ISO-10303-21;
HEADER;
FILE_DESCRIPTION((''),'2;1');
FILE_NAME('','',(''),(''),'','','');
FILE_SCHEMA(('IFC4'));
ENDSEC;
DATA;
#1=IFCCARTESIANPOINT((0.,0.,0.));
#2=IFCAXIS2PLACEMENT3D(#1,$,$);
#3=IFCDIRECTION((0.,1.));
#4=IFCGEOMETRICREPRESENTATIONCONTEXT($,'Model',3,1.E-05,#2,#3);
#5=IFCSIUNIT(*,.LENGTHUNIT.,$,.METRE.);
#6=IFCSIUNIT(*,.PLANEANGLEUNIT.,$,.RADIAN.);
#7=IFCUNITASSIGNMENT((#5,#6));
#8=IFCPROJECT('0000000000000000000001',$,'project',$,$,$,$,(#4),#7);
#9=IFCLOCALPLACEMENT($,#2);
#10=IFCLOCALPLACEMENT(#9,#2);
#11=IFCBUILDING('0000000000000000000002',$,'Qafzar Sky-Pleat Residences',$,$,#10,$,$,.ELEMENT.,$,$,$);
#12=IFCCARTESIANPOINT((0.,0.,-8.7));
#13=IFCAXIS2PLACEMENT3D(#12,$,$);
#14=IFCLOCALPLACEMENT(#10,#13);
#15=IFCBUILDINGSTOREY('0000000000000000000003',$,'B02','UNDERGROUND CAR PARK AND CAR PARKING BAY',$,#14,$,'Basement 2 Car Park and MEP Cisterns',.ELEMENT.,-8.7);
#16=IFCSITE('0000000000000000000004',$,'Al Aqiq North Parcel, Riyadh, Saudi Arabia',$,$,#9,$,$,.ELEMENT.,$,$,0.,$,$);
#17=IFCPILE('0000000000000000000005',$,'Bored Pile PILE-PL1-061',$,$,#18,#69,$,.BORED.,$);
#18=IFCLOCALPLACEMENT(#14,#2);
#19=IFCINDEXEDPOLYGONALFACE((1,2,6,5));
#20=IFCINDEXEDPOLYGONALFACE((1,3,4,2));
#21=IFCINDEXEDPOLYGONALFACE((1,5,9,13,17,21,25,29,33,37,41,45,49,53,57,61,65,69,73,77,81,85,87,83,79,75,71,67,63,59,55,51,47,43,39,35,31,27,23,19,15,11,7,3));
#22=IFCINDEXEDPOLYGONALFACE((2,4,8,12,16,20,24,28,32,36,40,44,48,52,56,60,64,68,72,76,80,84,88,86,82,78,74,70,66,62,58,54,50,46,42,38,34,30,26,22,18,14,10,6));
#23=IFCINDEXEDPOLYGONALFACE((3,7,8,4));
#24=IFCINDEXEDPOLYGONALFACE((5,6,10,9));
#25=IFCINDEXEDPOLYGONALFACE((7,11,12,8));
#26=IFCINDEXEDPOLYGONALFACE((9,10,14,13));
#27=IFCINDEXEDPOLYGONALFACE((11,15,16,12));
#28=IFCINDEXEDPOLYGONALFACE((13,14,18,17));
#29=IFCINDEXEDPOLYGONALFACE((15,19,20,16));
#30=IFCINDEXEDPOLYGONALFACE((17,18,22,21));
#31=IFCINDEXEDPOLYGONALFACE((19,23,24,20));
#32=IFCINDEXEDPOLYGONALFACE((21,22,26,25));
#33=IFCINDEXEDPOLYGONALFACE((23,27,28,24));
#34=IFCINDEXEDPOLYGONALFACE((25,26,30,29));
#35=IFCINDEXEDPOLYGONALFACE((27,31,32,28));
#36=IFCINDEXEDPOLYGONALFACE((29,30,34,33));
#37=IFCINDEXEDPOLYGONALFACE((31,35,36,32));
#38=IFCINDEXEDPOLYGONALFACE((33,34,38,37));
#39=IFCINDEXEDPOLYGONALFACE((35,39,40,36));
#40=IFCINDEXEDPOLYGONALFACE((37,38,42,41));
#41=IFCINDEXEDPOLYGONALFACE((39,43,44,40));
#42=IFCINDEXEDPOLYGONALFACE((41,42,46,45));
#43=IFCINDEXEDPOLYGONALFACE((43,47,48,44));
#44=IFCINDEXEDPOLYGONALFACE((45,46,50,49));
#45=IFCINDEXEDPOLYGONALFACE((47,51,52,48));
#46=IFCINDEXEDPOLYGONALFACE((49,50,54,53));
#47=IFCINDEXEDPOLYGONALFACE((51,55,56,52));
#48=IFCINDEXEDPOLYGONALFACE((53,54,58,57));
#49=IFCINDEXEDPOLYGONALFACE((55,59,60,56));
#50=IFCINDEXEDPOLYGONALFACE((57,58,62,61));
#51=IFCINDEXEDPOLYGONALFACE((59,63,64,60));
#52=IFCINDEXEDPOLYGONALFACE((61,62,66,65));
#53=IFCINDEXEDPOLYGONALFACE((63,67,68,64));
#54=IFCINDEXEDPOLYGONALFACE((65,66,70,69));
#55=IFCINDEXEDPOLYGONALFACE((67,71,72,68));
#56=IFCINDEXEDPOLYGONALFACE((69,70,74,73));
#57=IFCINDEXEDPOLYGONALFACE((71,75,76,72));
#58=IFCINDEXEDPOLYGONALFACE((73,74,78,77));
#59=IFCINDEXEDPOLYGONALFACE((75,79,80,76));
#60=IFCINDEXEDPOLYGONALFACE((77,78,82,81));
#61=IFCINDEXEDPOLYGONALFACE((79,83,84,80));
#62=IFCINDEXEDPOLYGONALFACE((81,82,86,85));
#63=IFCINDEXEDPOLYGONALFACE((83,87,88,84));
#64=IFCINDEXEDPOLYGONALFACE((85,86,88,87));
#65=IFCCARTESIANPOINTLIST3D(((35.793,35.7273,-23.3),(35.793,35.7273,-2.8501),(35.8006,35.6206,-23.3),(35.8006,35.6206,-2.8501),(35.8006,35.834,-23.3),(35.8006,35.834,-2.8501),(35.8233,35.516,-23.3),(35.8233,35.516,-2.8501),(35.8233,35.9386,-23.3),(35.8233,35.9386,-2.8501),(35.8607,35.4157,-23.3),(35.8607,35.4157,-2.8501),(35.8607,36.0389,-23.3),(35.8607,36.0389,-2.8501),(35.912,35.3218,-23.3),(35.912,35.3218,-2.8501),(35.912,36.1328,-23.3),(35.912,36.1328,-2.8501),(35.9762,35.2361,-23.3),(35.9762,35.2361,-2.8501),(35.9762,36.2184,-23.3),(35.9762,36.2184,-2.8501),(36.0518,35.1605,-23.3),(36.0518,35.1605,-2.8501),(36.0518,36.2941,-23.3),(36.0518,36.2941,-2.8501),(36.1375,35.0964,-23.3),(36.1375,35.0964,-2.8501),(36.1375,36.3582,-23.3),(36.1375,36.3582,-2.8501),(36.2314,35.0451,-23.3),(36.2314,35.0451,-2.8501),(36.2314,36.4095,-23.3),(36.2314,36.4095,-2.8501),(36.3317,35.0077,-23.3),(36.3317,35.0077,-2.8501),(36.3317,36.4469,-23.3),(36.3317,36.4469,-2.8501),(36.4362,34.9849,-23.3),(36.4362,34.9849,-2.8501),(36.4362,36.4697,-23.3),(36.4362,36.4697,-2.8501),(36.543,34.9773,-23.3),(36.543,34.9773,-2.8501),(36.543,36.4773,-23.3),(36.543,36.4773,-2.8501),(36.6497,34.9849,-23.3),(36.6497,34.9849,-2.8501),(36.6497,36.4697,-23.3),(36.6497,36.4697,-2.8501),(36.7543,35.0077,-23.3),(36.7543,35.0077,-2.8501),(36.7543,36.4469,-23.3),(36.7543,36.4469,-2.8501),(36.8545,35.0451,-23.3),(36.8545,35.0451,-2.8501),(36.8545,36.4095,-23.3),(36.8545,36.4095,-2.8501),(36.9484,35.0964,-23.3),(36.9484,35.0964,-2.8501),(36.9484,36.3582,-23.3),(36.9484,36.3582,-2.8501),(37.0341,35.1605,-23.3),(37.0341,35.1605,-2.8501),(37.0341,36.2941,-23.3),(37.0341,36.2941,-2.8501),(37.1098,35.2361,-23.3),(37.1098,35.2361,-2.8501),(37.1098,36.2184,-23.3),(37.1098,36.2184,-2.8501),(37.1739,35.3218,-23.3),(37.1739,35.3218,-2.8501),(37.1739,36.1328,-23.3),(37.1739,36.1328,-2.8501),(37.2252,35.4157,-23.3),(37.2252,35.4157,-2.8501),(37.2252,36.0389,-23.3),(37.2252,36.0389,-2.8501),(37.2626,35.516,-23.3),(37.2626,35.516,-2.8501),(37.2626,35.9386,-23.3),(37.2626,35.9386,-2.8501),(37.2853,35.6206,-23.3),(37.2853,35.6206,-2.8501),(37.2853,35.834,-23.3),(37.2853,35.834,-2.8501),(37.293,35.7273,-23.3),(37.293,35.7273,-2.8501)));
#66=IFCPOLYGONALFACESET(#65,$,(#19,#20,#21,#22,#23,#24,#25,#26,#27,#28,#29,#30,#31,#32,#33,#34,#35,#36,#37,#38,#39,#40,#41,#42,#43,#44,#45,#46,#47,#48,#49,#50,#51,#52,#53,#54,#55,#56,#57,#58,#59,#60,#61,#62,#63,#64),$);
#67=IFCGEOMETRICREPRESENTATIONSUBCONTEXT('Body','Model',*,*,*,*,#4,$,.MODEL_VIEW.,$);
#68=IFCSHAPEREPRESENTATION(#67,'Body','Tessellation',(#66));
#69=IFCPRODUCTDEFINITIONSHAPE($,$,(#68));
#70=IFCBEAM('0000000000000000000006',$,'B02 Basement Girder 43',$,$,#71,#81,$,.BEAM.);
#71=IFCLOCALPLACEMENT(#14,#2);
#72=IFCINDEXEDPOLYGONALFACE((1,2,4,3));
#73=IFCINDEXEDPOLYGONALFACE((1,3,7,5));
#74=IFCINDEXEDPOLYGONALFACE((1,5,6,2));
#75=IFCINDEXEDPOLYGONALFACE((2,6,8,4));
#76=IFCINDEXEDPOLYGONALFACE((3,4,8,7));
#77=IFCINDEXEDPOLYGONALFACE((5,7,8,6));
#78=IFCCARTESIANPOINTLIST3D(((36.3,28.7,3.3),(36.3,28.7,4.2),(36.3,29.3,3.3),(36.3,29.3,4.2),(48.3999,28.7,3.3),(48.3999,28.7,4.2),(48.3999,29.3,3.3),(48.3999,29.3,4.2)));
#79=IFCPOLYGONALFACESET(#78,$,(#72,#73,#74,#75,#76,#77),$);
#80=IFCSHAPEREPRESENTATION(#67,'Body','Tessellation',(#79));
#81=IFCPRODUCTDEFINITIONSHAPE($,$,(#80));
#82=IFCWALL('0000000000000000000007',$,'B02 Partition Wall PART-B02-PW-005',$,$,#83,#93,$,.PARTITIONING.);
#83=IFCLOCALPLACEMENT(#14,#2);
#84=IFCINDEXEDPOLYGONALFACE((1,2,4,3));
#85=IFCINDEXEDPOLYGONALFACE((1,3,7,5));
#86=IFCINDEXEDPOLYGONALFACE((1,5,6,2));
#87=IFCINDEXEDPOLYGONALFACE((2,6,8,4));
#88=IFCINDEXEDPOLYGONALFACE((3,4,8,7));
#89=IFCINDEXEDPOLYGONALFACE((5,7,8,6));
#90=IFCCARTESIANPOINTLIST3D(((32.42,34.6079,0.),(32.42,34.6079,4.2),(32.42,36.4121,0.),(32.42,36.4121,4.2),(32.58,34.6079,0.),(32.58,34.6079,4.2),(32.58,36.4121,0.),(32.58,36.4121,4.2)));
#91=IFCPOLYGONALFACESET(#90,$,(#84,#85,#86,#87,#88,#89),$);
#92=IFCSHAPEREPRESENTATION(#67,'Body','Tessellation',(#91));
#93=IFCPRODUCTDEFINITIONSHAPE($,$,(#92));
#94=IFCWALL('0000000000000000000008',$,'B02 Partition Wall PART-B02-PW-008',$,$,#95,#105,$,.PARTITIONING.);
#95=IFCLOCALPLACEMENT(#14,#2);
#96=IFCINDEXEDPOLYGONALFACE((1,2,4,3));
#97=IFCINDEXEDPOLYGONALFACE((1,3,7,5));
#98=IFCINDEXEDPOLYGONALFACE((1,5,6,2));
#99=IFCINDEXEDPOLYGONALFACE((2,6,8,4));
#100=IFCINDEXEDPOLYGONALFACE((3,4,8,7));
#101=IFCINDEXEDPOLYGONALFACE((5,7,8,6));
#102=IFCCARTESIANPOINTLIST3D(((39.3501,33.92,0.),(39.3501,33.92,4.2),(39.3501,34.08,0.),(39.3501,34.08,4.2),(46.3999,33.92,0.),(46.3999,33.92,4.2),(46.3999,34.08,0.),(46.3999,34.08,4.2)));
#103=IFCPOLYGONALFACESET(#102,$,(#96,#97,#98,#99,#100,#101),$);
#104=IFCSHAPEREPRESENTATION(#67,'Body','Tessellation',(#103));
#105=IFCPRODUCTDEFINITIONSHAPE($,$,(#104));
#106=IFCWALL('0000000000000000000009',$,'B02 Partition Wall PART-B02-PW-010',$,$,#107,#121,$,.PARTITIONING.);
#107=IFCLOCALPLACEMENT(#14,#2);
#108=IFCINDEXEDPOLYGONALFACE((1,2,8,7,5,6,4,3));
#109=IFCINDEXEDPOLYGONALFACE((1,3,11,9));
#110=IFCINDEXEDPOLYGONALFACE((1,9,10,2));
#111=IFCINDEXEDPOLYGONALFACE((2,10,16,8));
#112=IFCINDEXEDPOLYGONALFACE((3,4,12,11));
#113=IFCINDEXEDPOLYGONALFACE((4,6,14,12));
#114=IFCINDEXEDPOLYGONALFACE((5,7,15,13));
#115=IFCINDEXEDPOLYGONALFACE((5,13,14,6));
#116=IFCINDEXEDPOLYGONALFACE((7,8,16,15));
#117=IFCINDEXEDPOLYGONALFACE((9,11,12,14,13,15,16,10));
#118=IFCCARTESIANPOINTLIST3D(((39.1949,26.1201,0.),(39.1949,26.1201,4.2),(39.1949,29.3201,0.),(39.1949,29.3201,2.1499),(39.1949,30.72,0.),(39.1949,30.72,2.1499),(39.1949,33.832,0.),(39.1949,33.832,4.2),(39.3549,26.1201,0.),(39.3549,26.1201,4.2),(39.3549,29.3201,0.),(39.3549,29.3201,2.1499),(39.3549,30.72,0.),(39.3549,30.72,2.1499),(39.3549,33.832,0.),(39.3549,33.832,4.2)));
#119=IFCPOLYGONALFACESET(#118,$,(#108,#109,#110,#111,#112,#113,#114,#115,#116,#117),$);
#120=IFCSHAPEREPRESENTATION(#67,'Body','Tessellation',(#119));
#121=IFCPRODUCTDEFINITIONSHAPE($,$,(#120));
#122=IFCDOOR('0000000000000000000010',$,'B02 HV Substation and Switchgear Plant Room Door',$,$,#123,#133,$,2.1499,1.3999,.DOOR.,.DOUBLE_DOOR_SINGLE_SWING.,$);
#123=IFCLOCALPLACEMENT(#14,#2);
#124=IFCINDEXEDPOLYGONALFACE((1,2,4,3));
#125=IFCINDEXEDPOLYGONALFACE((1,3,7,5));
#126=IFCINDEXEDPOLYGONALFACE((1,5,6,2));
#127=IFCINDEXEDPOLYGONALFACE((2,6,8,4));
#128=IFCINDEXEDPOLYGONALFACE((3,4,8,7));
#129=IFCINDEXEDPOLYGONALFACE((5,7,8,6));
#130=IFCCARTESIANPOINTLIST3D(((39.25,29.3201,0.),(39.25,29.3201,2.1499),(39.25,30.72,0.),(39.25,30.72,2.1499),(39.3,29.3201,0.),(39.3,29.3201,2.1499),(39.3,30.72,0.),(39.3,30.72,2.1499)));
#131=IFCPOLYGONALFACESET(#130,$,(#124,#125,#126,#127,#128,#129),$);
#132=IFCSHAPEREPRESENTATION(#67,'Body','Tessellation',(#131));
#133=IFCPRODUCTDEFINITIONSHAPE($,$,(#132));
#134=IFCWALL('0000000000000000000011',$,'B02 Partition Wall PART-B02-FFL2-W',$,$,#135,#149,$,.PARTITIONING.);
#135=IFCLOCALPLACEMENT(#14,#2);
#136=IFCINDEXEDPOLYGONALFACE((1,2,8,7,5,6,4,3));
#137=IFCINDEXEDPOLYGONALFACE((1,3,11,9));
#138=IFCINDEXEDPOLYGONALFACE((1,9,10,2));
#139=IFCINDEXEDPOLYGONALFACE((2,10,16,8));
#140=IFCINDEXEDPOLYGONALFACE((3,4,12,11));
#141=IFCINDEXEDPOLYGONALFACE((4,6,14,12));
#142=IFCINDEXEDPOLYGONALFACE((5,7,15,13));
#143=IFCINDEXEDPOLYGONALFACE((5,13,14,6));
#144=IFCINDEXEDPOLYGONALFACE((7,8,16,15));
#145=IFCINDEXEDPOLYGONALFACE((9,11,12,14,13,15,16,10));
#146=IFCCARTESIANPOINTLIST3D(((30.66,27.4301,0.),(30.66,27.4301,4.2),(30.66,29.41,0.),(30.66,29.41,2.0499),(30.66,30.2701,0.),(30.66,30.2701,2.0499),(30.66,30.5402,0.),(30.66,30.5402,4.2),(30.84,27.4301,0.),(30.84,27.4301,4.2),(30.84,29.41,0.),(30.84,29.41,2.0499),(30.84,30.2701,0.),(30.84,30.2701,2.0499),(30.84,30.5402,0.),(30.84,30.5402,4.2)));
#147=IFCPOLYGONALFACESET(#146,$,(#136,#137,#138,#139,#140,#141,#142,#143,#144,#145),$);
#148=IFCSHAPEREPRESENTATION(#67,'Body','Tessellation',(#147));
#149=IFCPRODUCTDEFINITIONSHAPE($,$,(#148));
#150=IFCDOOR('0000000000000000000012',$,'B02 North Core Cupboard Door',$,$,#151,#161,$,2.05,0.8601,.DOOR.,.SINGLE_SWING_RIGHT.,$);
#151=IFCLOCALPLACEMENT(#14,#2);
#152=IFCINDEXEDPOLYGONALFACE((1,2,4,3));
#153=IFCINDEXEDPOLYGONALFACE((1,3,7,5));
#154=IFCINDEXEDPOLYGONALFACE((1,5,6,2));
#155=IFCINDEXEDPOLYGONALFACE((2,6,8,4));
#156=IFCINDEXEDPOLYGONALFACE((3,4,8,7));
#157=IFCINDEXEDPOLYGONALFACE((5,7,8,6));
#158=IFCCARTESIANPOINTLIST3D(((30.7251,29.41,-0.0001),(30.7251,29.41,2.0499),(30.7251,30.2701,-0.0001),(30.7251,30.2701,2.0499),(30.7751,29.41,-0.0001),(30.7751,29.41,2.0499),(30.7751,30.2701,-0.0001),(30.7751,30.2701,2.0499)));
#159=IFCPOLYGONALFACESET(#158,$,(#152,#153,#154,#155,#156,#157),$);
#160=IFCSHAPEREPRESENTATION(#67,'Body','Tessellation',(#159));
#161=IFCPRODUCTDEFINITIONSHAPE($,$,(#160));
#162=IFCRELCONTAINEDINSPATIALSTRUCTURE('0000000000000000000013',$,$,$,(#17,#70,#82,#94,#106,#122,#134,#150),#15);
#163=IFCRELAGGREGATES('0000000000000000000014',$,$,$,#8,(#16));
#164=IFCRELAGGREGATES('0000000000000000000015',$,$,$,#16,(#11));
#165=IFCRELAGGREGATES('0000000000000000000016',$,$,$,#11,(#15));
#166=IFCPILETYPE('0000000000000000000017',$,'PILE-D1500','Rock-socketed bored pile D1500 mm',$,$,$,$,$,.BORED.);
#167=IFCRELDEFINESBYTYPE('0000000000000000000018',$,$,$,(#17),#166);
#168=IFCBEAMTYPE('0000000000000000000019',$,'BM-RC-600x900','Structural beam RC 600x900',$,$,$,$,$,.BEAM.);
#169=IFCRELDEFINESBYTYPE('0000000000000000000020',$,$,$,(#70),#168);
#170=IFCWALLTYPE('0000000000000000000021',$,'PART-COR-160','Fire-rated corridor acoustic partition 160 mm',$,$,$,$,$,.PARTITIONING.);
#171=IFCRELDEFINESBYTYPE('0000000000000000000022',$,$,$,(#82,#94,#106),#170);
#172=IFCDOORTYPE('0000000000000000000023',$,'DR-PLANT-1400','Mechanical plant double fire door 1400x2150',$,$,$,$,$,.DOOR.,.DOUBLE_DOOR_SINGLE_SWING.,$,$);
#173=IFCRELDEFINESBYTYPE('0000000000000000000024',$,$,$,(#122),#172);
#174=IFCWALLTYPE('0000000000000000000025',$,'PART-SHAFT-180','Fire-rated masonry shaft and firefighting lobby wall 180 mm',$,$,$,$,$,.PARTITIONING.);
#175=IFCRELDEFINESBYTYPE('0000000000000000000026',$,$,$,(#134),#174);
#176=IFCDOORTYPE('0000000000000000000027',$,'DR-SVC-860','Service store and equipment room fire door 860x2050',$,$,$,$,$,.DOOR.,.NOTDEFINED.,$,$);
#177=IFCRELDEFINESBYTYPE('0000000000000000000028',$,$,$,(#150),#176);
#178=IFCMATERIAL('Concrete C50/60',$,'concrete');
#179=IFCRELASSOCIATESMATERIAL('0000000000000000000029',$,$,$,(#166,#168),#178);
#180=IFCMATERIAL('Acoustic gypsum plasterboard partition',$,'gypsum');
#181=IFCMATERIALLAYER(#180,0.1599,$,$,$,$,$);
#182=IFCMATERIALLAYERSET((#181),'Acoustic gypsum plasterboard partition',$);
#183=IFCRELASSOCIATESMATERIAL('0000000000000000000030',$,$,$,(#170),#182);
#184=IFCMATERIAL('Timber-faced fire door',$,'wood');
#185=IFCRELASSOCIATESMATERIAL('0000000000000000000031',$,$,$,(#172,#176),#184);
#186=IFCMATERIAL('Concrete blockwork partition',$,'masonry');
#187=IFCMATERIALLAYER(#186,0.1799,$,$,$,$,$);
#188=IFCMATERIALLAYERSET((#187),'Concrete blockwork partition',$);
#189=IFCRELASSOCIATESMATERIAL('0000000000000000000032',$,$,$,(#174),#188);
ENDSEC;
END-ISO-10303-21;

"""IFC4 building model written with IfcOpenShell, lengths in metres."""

from ifc_helpers import new_model, si_unit, direction, frame, frame_2d, origin, origin_2d, place, context, subcontext, project, spatial, rectangle, circle, extrude, source, transform, mapped, material, layer, layer_set, material_profile, profile_set, type_object, element, fill, save


model = new_model("IFC4")

# Units and contexts
model_context = context("Model", 3, precision=1e-05, world=origin(), true_north=direction((0.0, 1.0)))
body_context = subcontext(model_context, "Body", "Model", "MODEL_VIEW")
ifc_project = project(units=[si_unit("LENGTHUNIT", "METRE"), si_unit("PLANEANGLEUNIT", "RADIAN")], contexts=[model_context])

# Site, building, storey
site_placement = place(None, origin())
site = spatial("IfcSite", under=ifc_project, at=site_placement, Name="Al Aqiq North Parcel, Riyadh, Saudi Arabia", CompositionType="ELEMENT", RefElevation=0.0)
building_placement = place(site_placement, origin())
building = spatial("IfcBuilding", under=site, at=building_placement, Name="Qafzar Sky-Pleat Residences", CompositionType="ELEMENT")
storey_placement = place(building_placement, frame((0.0, 0.0, -8.7)))
storey = spatial("IfcBuildingStorey", under=building, at=storey_placement, Name="B02", Description="UNDERGROUND CAR PARK AND CAR PARKING BAY", LongName="Basement 2 Car Park and MEP Cisterns", CompositionType="ELEMENT", Elevation=-8.7)

# Pile
ifc_material_1 = material(Name="Concrete C50/60", Category="concrete")
ifc_material_profile_1 = material_profile(ifc_material_1, circle(Radius=0.75, at=origin_2d()), Name="PILE D1500")
ifc_profile_set_1 = profile_set([ifc_material_profile_1], Name="Concrete C50/60")
pile_type = type_object("IfcPileType", Name="PILE-D1500", Description="Rock-socketed bored pile D1500 mm", PredefinedType="BORED", material=ifc_profile_set_1)
shared_shape_1 = source(origin(), body_context, "Body", "SweptSolid", [
    extrude(circle(Radius=0.75, at=origin_2d()), origin(), (0.0, 0.0, 1.0), 20.45),
])
for number, where, z_axis, x_axis, name in (
    (1, (36.543, 35.7273, -2.8501), (0.0, 0.0, -1.0), (1.0, 0.0, 0.0), "Bored Pile PILE-PL1-061"),
):
    element("IfcPile", number, at=place(storey_placement, frame(where, z_axis=z_axis, x_axis=x_axis)), inside=storey, type_object=pile_type, Name=name, PredefinedType="BORED", context=body_context, shape_type="MappedRepresentation", body=[
        mapped(shared_shape_1, transform((0.0, 0.0, 0.0), x_axis=(1.0, 0.0, 0.0), y_axis=(0.0, 1.0, 0.0), z_axis=(0.0, 0.0, 1.0), scale=1.0)),
    ])

# Beam
ifc_material_profile_2 = material_profile(ifc_material_1, rectangle(XDim=0.6001, YDim=0.8999, at=origin_2d()), Name="RC 600x900")
ifc_profile_set_2 = profile_set([ifc_material_profile_2], Name="Concrete C50/60")
beam_type = type_object("IfcBeamType", Name="BM-RC-600x900", Description="Structural beam RC 600x900", PredefinedType="BEAM", material=ifc_profile_set_2)
shared_shape_2 = source(origin(), body_context, "Body", "SweptSolid", [
    extrude(rectangle(XDim=0.6001, YDim=0.8999, at=origin_2d()), origin(), (0.0, 0.0, 1.0), 12.0999),
])
beam_placement = place(storey_placement, frame((36.3, 29.0, 3.75), z_axis=(1.0, 0.0, 0.0), x_axis=(0.0, 1.0, 0.0)))
element("IfcBeam", 2, at=beam_placement, inside=storey, type_object=beam_type, Name="B02 Basement Girder 43", PredefinedType="BEAM", context=body_context, shape_type="MappedRepresentation", body=[
    mapped(shared_shape_2, transform((0.0, 0.0, 0.0), x_axis=(1.0, 0.0, 0.0), y_axis=(0.0, 1.0, 0.0), z_axis=(0.0, 0.0, 1.0), scale=1.0)),
])

# Wall
ifc_material_2 = material(Name="Acoustic gypsum plasterboard partition", Category="gypsum")
ifc_layer_1 = layer(ifc_material_2, 0.1599)
ifc_layer_set_1 = layer_set([ifc_layer_1], Name="Acoustic gypsum plasterboard partition")
wall_type_1 = type_object("IfcWallType", Name="PART-COR-160", Description="Fire-rated corridor acoustic partition 160 mm", PredefinedType="PARTITIONING", material=ifc_layer_set_1)
wall_1_placement = place(storey_placement, frame((32.5, 34.6079, 0.0), z_axis=(0.0, 0.0, 1.0), x_axis=(0.0, 1.0, 0.0)))
element("IfcWall", 3, at=wall_1_placement, inside=storey, type_object=wall_type_1, Name="B02 Partition Wall PART-B02-PW-005", PredefinedType="PARTITIONING", context=body_context, shape_type="SweptSolid", body=[
    extrude(rectangle(XDim=1.8042, YDim=0.1599, at=frame_2d((0.9021, 0.0))), origin(), (0.0, 0.0, 1.0), 4.2),
])

# Shared definitions
ifc_material_3 = material(Name="Timber-faced fire door", Category="wood")

# Wall
wall_2_placement = place(storey_placement, frame((39.3501, 34.0, 0.0), z_axis=(0.0, 0.0, 1.0), x_axis=(1.0, 0.0, 0.0)))
element("IfcWall", 4, at=wall_2_placement, inside=storey, type_object=wall_type_1, Name="B02 Partition Wall PART-B02-PW-008", PredefinedType="PARTITIONING", context=body_context, shape_type="SweptSolid", body=[
    extrude(rectangle(XDim=7.0498, YDim=0.1599, at=frame_2d((3.5249, 0.0))), origin(), (0.0, 0.0, 1.0), 4.2),
])

# Walls, openings, doors
wall_3_placement = place(storey_placement, frame((39.2749, 26.1201, 0.0), z_axis=(0.0, 0.0, 1.0), x_axis=(0.0, 1.0, 0.0)))
wall_3 = element("IfcWall", 5, at=wall_3_placement, inside=storey, type_object=wall_type_1, Name="B02 Partition Wall PART-B02-PW-010", PredefinedType="PARTITIONING", context=body_context, shape_type="SweptSolid", body=[
    extrude(rectangle(XDim=7.7119, YDim=0.1599, at=frame_2d((3.856, 0.0))), origin(), (0.0, 0.0, 1.0), 4.2),
])
opening_1_placement = place(wall_3_placement, frame((3.2, 0.0, 0.0)))
opening_1 = element("IfcOpeningElement", 6, at=opening_1_placement, cuts=wall_3, PredefinedType="OPENING", context=body_context, shape_type="SweptSolid", body=[
    extrude(rectangle(XDim=1.3999, YDim=2.1499, at=frame_2d((0.7, 1.075))), frame((0.0, 0.0898, 0.0), z_axis=(0.0, -1.0, 0.0), x_axis=(1.0, 0.0, 0.0)), (0.0, 0.0, 1.0), 0.1799),
])
door_type_1 = type_object("IfcDoorType", Name="DR-PLANT-1400", Description="Mechanical plant double fire door 1400x2150", OperationType="DOUBLE_DOOR_SINGLE_SWING", PredefinedType="DOOR", material=ifc_material_3)
shared_shape_3 = source(origin(), body_context, "Body", "SweptSolid", [
    extrude(rectangle(XDim=1.3999, YDim=2.1499, at=frame_2d((0.7, 1.075))), frame((0.0, 0.0249, 0.0), z_axis=(0.0, -1.0, 0.0), x_axis=(1.0, 0.0, 0.0)), (0.0, 0.0, 1.0), 0.05),
])
door_1_placement = place(opening_1_placement, origin())
door_1 = element("IfcDoor", 7, at=door_1_placement, inside=storey, type_object=door_type_1, Name="B02 HV Substation and Switchgear Plant Room Door", OperationType="DOUBLE_DOOR_SINGLE_SWING", OverallHeight=2.1499, OverallWidth=1.3999, PredefinedType="DOOR", context=body_context, shape_type="MappedRepresentation", body=[
    mapped(shared_shape_3, transform((0.0, 0.0, 0.0), x_axis=(1.0, 0.0, 0.0), y_axis=(0.0, 1.0, 0.0), z_axis=(0.0, 0.0, 1.0), scale=1.0)),
])
fill(opening_1, door_1)
ifc_material_4 = material(Name="Concrete blockwork partition", Category="masonry")
ifc_layer_2 = layer(ifc_material_4, 0.1799)
ifc_layer_set_2 = layer_set([ifc_layer_2], Name="Concrete blockwork partition")
wall_type_2 = type_object("IfcWallType", Name="PART-SHAFT-180", Description="Fire-rated masonry shaft and firefighting lobby wall 180 mm", PredefinedType="PARTITIONING", material=ifc_layer_set_2)
wall_4_placement = place(storey_placement, frame((30.75, 27.4299, 0.0), z_axis=(0.0, 0.0, 1.0), x_axis=(0.0, 1.0, 0.0)))
wall_4 = element("IfcWall", 8, at=wall_4_placement, inside=storey, type_object=wall_type_2, Name="B02 Partition Wall PART-B02-FFL2-W", PredefinedType="PARTITIONING", context=body_context, shape_type="SweptSolid", body=[
    extrude(rectangle(XDim=3.1101, YDim=0.1799, at=frame_2d((1.5552, 0.0))), origin(), (0.0, 0.0, 1.0), 4.2),
])
opening_2_placement = place(wall_4_placement, frame((1.98, 0.0, 0.0)))
opening_2 = element("IfcOpeningElement", 9, at=opening_2_placement, cuts=wall_4, PredefinedType="OPENING", context=body_context, shape_type="SweptSolid", body=[
    extrude(rectangle(XDim=0.8601, YDim=2.05, at=frame_2d((0.4302, 1.0249))), frame((0.0, 0.1001, 0.0), z_axis=(0.0, -1.0, 0.0), x_axis=(1.0, 0.0, 0.0)), (0.0, 0.0, 1.0), 0.2),
])
door_type_2 = type_object("IfcDoorType", Name="DR-SVC-860", Description="Service store and equipment room fire door 860x2050", OperationType="NOTDEFINED", PredefinedType="DOOR", material=ifc_material_3)
shared_shape_4 = source(origin(), body_context, "Body", "SweptSolid", [
    extrude(rectangle(XDim=0.8601, YDim=2.05, at=frame_2d((0.4302, 1.0249))), frame((0.0, 0.0249, 0.0), z_axis=(0.0, -1.0, 0.0), x_axis=(1.0, 0.0, 0.0)), (0.0, 0.0, 1.0), 0.05),
])
door_2_placement = place(opening_2_placement, origin())
door_2 = element("IfcDoor", 10, at=door_2_placement, inside=storey, type_object=door_type_2, Name="B02 North Core Cupboard Door", OperationType="SINGLE_SWING_RIGHT", OverallHeight=2.05, OverallWidth=0.8601, PredefinedType="DOOR", context=body_context, shape_type="MappedRepresentation", body=[
    mapped(shared_shape_4, transform((0.0, 0.0, 0.0), x_axis=(1.0, 0.0, 0.0), y_axis=(0.0, 1.0, 0.0), z_axis=(0.0, 0.0, 1.0), scale=1.0)),
])
fill(opening_2, door_2)

save(model, "model.ifc")
